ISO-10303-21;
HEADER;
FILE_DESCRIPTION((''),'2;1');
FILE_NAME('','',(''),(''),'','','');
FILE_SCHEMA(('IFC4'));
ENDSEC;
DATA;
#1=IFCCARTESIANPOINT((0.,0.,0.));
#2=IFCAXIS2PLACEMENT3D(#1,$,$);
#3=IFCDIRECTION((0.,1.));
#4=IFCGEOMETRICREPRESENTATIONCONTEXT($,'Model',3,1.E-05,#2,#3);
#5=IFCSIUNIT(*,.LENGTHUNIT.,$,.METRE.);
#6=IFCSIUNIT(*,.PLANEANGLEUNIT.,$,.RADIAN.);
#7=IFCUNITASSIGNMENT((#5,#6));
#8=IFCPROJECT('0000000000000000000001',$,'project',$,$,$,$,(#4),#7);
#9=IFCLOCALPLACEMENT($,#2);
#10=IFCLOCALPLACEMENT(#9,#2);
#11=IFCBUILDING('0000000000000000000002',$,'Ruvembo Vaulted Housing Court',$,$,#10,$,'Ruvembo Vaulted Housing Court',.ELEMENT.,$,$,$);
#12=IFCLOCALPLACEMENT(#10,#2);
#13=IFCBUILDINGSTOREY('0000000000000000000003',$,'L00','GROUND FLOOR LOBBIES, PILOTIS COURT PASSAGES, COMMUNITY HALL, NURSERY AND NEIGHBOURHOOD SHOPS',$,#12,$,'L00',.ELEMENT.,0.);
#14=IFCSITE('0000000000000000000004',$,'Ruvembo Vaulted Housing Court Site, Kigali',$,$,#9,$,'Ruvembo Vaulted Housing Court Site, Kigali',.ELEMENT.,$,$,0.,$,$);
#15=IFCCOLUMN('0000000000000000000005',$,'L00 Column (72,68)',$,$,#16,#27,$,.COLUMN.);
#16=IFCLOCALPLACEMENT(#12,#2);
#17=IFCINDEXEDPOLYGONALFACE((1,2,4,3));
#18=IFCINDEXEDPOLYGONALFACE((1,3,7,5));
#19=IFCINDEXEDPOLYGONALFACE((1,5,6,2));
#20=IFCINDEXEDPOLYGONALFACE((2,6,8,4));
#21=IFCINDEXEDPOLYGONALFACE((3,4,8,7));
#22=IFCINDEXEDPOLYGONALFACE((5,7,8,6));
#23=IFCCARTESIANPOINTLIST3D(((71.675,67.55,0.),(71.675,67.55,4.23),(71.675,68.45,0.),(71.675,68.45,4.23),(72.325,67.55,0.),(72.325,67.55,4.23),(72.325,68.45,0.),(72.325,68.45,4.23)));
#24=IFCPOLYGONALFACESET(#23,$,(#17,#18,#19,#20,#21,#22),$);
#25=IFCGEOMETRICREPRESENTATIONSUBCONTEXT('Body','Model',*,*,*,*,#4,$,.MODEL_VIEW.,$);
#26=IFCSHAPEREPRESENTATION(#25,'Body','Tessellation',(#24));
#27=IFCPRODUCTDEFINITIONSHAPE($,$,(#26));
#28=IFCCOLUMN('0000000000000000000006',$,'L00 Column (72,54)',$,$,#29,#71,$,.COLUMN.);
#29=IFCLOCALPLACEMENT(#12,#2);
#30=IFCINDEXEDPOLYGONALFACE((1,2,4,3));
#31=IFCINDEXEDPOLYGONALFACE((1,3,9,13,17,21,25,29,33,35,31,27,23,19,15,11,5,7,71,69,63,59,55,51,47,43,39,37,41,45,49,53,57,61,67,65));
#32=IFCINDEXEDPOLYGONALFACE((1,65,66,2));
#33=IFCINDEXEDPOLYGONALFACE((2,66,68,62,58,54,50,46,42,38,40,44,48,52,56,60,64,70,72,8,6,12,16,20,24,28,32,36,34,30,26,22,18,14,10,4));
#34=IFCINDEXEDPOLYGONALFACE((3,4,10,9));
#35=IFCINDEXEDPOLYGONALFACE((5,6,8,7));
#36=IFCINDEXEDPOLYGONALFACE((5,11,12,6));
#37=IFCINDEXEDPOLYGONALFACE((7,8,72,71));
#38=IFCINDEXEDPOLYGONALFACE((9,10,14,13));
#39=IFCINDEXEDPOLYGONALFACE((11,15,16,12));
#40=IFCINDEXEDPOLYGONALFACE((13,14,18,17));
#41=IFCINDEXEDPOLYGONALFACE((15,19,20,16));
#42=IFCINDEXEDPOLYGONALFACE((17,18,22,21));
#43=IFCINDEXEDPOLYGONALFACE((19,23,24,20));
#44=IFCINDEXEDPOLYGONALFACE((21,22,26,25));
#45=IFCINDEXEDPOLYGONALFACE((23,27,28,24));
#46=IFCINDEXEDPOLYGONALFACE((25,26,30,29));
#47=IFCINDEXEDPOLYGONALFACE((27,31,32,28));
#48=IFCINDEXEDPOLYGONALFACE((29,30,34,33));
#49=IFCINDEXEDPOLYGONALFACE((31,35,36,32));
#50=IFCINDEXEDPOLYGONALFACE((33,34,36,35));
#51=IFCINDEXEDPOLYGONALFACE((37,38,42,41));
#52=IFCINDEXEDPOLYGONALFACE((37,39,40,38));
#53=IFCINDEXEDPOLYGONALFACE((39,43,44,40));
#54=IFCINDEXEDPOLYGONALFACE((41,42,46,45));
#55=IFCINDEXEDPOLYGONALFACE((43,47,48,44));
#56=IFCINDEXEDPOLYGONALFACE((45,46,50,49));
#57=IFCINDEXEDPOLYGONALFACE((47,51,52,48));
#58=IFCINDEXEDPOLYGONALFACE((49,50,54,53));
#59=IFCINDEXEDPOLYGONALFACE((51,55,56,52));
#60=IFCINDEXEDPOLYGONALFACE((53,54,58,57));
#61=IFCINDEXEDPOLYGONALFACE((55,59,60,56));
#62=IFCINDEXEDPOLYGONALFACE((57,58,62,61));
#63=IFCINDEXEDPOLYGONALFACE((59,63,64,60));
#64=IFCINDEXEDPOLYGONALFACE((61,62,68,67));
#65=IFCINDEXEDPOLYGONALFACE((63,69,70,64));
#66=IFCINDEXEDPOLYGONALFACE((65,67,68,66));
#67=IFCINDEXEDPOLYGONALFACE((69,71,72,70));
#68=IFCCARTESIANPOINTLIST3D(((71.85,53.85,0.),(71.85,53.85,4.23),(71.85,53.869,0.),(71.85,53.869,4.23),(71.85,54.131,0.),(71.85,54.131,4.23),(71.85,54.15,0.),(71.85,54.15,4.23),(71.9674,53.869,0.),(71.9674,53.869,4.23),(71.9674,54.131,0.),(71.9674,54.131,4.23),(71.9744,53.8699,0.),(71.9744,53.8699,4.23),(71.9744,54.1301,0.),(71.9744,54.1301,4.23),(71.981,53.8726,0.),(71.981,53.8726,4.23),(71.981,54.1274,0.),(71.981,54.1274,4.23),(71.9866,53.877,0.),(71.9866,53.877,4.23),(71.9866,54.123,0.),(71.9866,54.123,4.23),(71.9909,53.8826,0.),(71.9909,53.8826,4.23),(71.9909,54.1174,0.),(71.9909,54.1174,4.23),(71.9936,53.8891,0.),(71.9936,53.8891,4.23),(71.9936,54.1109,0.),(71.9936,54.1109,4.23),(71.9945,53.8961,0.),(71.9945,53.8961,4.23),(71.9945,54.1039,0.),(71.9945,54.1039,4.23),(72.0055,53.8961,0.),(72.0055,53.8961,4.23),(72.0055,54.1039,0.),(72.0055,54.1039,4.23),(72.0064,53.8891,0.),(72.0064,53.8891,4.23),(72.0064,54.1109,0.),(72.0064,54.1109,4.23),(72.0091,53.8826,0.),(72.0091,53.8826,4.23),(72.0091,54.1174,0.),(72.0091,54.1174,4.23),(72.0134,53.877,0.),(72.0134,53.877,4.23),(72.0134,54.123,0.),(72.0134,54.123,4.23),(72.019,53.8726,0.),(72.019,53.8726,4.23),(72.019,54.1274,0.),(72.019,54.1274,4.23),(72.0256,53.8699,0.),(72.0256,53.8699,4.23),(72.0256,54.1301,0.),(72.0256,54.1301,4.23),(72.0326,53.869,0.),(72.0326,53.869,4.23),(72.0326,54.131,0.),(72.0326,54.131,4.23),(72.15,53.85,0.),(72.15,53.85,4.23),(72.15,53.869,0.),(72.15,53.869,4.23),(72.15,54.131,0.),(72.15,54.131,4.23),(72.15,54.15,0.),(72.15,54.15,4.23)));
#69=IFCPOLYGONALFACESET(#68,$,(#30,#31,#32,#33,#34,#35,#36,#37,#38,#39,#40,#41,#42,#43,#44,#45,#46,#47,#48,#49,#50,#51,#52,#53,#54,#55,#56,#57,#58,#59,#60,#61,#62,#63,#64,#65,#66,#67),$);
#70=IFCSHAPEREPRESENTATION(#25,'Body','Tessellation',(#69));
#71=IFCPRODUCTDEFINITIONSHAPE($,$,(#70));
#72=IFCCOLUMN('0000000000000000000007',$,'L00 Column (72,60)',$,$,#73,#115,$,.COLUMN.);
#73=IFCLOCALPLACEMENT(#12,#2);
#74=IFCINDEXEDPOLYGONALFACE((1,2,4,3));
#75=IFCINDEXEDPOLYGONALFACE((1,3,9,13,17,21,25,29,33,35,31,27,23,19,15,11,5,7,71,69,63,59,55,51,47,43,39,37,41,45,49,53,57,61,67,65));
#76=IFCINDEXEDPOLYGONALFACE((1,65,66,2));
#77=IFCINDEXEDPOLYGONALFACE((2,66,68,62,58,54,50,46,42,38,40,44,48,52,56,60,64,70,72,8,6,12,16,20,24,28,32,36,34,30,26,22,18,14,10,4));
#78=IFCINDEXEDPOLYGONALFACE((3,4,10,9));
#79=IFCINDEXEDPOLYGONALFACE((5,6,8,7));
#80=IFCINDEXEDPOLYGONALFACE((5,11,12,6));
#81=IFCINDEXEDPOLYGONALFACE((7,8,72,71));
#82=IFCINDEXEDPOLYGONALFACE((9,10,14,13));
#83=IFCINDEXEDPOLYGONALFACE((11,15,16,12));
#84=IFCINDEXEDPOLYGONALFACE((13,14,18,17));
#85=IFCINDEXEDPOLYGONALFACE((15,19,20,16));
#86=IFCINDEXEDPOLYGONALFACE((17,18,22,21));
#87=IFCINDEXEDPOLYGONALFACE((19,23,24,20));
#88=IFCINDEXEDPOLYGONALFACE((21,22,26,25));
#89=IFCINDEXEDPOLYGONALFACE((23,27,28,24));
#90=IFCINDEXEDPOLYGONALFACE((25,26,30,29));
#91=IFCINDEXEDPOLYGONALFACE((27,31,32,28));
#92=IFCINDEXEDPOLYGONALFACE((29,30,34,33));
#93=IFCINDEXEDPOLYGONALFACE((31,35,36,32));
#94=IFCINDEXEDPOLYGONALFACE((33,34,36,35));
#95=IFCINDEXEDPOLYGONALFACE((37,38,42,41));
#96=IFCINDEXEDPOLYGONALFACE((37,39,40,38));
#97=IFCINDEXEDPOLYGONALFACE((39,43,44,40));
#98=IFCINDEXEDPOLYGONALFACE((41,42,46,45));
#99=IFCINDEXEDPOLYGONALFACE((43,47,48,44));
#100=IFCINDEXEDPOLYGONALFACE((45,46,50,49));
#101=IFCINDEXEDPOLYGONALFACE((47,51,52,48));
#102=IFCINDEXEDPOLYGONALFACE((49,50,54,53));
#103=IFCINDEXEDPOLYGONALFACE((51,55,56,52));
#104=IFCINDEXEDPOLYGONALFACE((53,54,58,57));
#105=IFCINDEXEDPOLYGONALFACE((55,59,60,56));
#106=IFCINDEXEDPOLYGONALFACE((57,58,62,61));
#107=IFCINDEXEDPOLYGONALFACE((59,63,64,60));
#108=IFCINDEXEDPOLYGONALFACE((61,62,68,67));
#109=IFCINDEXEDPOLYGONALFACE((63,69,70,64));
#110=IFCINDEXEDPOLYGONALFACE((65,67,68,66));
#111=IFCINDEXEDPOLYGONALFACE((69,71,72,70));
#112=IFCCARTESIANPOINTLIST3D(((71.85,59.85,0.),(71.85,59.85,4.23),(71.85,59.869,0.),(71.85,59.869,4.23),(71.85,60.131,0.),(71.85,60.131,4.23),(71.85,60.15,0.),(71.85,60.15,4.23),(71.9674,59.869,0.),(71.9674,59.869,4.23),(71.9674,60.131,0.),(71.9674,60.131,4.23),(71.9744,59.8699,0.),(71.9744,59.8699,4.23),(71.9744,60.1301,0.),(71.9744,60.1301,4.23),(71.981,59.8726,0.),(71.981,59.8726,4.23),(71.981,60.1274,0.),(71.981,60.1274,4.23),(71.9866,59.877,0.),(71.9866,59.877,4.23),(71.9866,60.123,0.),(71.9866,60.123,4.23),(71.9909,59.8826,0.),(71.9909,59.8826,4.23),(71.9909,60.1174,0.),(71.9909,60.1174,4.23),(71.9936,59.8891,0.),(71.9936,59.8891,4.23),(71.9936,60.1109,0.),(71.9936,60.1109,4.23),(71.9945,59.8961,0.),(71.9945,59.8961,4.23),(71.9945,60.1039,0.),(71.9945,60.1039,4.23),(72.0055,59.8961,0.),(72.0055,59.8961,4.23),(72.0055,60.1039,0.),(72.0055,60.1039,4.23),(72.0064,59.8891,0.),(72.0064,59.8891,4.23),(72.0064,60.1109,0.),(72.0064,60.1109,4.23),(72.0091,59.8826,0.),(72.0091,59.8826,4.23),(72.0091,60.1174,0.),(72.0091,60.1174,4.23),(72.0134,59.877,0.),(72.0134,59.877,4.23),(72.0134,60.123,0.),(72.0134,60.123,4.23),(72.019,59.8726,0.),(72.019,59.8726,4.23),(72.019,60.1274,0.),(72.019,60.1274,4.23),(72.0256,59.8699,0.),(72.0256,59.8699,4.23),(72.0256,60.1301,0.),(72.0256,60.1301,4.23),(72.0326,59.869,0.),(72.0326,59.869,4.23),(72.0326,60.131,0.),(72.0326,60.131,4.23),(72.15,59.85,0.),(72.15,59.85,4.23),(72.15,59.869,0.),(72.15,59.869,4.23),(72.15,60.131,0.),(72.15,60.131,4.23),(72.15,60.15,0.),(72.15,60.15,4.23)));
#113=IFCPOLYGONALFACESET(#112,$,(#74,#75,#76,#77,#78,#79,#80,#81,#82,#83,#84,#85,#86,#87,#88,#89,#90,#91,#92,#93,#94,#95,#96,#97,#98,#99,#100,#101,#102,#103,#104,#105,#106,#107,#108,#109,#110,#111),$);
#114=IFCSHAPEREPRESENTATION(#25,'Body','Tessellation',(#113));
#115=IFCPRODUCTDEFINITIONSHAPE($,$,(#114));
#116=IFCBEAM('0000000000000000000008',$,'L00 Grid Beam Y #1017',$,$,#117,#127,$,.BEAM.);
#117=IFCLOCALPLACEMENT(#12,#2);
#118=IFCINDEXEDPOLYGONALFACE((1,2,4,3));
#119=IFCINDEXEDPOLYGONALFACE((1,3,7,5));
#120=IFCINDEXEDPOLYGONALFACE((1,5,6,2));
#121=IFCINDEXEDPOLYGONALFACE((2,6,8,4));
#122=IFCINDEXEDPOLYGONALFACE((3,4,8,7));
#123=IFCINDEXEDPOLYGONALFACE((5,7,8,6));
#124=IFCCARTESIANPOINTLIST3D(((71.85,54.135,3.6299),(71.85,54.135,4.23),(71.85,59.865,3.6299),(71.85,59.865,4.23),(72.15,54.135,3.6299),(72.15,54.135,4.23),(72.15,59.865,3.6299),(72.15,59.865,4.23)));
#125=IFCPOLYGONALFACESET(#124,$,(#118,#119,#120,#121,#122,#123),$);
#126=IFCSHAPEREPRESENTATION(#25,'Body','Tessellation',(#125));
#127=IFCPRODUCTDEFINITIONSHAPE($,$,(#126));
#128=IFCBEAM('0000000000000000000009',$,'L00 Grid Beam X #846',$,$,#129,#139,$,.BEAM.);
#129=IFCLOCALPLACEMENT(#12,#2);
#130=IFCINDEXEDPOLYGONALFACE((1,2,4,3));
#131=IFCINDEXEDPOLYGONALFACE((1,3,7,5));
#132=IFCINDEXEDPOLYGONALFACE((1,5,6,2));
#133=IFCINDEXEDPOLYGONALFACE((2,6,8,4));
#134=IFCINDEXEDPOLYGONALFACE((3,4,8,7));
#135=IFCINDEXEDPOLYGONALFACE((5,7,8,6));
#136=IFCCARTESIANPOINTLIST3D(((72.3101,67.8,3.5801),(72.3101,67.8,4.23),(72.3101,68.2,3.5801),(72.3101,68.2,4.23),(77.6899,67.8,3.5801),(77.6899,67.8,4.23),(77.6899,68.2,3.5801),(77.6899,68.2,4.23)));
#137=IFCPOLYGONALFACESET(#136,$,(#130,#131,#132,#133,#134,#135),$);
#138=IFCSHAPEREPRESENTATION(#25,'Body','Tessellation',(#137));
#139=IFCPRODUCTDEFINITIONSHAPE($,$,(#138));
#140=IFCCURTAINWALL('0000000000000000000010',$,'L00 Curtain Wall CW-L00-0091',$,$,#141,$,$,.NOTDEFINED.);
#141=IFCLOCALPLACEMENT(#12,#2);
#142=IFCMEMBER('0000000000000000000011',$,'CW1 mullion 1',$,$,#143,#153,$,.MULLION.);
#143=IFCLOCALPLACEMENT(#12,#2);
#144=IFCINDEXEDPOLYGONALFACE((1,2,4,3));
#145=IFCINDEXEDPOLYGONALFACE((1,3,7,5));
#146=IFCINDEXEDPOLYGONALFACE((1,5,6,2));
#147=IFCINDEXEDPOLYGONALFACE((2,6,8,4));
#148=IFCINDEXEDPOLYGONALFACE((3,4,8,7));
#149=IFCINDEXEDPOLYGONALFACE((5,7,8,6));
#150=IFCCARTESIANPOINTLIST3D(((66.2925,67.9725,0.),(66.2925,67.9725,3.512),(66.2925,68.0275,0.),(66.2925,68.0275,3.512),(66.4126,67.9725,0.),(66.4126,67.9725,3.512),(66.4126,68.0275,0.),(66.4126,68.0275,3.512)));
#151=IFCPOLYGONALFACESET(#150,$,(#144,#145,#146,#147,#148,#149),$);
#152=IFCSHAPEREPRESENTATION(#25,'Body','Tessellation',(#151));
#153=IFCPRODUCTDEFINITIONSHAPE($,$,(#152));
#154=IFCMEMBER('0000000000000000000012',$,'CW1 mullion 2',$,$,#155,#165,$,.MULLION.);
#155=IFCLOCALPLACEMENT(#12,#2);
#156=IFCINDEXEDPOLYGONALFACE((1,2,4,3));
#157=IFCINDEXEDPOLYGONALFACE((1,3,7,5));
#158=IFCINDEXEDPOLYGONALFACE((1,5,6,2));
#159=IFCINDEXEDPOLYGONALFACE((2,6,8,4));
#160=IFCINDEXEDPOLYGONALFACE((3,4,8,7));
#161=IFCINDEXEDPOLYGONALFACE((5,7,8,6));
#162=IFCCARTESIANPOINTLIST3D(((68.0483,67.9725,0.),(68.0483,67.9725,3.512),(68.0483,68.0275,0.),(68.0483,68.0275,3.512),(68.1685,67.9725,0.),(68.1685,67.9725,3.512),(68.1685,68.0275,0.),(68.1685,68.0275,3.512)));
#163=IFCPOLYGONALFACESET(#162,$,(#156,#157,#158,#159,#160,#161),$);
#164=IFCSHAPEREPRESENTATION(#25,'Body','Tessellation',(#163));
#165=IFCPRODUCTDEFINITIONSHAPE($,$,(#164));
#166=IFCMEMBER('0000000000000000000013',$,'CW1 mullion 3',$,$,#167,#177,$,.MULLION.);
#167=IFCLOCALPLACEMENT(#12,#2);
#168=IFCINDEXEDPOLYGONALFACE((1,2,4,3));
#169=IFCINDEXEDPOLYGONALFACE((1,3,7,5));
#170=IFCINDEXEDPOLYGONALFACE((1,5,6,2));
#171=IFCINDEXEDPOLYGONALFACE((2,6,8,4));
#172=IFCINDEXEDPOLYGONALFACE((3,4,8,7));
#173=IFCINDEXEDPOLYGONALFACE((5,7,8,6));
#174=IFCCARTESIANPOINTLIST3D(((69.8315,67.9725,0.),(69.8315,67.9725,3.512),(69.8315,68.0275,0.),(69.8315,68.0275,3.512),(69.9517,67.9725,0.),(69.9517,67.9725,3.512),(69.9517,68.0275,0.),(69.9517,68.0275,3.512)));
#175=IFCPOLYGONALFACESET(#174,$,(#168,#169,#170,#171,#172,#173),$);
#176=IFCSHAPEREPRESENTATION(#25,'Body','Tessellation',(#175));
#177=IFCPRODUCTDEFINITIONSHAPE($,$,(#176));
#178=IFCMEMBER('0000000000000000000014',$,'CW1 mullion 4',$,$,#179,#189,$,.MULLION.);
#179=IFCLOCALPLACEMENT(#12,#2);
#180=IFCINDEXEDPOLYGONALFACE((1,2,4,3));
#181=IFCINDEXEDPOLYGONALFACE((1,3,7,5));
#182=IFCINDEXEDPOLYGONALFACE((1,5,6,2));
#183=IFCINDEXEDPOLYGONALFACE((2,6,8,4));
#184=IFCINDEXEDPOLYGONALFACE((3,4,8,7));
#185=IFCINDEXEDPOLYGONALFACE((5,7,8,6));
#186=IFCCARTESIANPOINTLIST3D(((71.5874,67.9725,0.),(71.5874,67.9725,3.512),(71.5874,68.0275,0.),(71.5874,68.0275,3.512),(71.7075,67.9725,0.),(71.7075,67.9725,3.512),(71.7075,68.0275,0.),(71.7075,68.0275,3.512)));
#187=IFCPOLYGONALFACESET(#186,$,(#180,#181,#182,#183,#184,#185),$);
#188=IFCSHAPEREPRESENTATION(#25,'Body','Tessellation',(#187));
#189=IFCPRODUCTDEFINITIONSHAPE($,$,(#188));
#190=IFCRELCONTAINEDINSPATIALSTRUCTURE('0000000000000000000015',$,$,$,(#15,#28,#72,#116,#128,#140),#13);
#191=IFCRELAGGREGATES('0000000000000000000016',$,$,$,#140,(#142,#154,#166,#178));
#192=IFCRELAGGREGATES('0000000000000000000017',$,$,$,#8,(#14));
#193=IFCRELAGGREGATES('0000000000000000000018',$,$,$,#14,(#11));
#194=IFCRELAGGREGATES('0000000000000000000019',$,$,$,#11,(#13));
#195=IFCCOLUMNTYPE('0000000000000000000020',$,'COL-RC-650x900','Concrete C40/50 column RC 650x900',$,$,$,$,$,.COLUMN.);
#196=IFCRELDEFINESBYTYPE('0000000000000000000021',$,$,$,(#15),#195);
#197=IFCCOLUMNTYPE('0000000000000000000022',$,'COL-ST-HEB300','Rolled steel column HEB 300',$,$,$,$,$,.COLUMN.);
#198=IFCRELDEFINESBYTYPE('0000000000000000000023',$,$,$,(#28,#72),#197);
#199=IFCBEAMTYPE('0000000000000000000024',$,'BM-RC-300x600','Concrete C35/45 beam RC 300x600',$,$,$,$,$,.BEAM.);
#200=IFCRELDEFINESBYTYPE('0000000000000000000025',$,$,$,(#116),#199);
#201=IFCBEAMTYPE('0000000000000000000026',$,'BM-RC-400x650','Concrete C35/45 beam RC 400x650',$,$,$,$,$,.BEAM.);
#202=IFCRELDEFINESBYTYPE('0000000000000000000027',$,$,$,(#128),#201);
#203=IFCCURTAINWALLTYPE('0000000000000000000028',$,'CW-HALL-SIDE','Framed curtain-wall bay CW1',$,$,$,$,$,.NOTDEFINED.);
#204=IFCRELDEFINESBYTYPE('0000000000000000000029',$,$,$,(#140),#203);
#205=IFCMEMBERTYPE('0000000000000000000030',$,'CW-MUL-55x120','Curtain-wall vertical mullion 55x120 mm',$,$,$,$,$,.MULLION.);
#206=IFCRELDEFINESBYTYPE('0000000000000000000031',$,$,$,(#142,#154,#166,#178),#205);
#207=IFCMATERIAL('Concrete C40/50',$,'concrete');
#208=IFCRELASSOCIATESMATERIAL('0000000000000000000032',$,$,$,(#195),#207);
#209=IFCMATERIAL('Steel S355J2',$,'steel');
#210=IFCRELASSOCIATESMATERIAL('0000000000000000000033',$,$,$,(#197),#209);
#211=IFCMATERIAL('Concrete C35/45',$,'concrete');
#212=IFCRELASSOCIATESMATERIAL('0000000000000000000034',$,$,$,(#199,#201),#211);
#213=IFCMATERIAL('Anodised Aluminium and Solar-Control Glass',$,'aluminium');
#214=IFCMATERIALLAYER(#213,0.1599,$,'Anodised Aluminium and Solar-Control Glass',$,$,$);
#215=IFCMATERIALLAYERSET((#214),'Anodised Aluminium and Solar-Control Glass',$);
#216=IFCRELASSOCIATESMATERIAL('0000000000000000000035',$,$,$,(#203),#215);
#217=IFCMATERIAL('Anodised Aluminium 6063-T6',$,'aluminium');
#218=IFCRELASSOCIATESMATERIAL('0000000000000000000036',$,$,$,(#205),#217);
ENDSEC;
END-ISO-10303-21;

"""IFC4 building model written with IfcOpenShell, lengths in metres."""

from ifc_helpers import new_model, si_unit, direction, frame, origin, origin_2d, place, context, subcontext, project, spatial, rectangle, i_section, extrude, material, layer, layer_set, material_profile, profile_set, type_object, element, aggregate, save


model = new_model("IFC4")

# Units and contexts
model_context = context("Model", 3, precision=1e-05, world=origin(), true_north=direction((0.0, 1.0)))
body_context = subcontext(model_context, "Body", "Model", "MODEL_VIEW")
ifc_project = project(units=[si_unit("LENGTHUNIT", "METRE"), si_unit("PLANEANGLEUNIT", "RADIAN")], contexts=[model_context])

# Site, building, storey
site_placement = place(None, origin())
site = spatial("IfcSite", under=ifc_project, at=site_placement, Name="Ruvembo Vaulted Housing Court Site, Kigali", LongName="Ruvembo Vaulted Housing Court Site, Kigali", CompositionType="ELEMENT", RefElevation=0.0)
building_placement = place(site_placement, origin())
building = spatial("IfcBuilding", under=site, at=building_placement, Name="Ruvembo Vaulted Housing Court", LongName="Ruvembo Vaulted Housing Court", CompositionType="ELEMENT")
storey_placement = place(building_placement, origin())
storey = spatial("IfcBuildingStorey", under=building, at=storey_placement, Name="L00", Description="GROUND FLOOR LOBBIES, PILOTIS COURT PASSAGES, COMMUNITY HALL, NURSERY AND NEIGHBOURHOOD SHOPS", LongName="L00", CompositionType="ELEMENT", Elevation=0.0)

# Columns
ifc_material_1 = material(Name="Concrete C40/50", Category="concrete")
ifc_material_profile_1 = material_profile(ifc_material_1, rectangle(XDim=0.6499, YDim=0.8999, at=origin_2d()), Name="RC 650x900")
ifc_profile_set_1 = profile_set([ifc_material_profile_1], Name="Concrete C40/50")
column_type_1 = type_object("IfcColumnType", Name="COL-RC-650x900", Description="Concrete C40/50 column RC 650x900", PredefinedType="COLUMN", material=ifc_profile_set_1)
column_placement = place(storey_placement, frame((72.0, 68.0, 0.0), z_axis=(0.0, 0.0, 1.0), x_axis=(1.0, 0.0, 0.0)))
element("IfcColumn", 1, at=column_placement, inside=storey, type_object=column_type_1, Name="L00 Column (72,68)", PredefinedType="COLUMN", context=body_context, shape_type="SweptSolid", body=[
    extrude(rectangle(XDim=0.6499, YDim=0.8999, at=origin_2d()), origin(), (0.0, 0.0, 1.0), 4.23),
])
ifc_material_2 = material(Name="Steel S355J2", Category="steel")
ifc_material_profile_2 = material_profile(ifc_material_2, i_section(OverallWidth=0.3, OverallDepth=0.3, WebThickness=0.011, FlangeThickness=0.019, FilletRadius=0.0271, at=origin_2d()), Name="HEB 300")
ifc_profile_set_2 = profile_set([ifc_material_profile_2], Name="Steel S355J2")
column_type_2 = type_object("IfcColumnType", Name="COL-ST-HEB300", Description="Rolled steel column HEB 300", PredefinedType="COLUMN", material=ifc_profile_set_2)
for number, where, z_axis, x_axis, name in (
    (2, (72.0, 54.0, 0.0), (0.0, 0.0, 1.0), (1.0, 0.0, 0.0), "L00 Column (72,54)"),
    (3, (72.0, 60.0, 0.0), (0.0, 0.0, 1.0), (1.0, 0.0, 0.0), "L00 Column (72,60)"),
):
    element("IfcColumn", number, at=place(storey_placement, frame(where, z_axis=z_axis, x_axis=x_axis)), inside=storey, type_object=column_type_2, Name=name, PredefinedType="COLUMN", context=body_context, shape_type="SweptSolid", body=[
        extrude(i_section(OverallWidth=0.3, OverallDepth=0.3, WebThickness=0.011, FlangeThickness=0.019, FilletRadius=0.0271, at=origin_2d()), origin(), (0.0, 0.0, 1.0), 4.23),
    ])

# Beams
ifc_material_3 = material(Name="Concrete C35/45", Category="concrete")
ifc_material_profile_3 = material_profile(ifc_material_3, rectangle(XDim=0.3, YDim=0.6001, at=origin_2d()), Name="RC 300x600")
ifc_profile_set_3 = profile_set([ifc_material_profile_3], Name="Concrete C35/45")
beam_type_1 = type_object("IfcBeamType", Name="BM-RC-300x600", Description="Concrete C35/45 beam RC 300x600", PredefinedType="BEAM", material=ifc_profile_set_3)
beam_1_placement = place(storey_placement, frame((72.0, 54.135, 3.9299), z_axis=(0.0, 1.0, 0.0), x_axis=(-1.0, 0.0, 0.0)))
element("IfcBeam", 4, at=beam_1_placement, inside=storey, type_object=beam_type_1, Name="L00 Grid Beam Y #1017", PredefinedType="BEAM", context=body_context, shape_type="SweptSolid", body=[
    extrude(rectangle(XDim=0.3, YDim=0.6001, at=origin_2d()), origin(), (0.0, 0.0, 1.0), 5.73),
])
ifc_material_profile_4 = material_profile(ifc_material_3, rectangle(XDim=0.3999, YDim=0.6499, at=origin_2d()), Name="RC 400x650")
ifc_profile_set_4 = profile_set([ifc_material_profile_4], Name="Concrete C35/45")
beam_type_2 = type_object("IfcBeamType", Name="BM-RC-400x650", Description="Concrete C35/45 beam RC 400x650", PredefinedType="BEAM", material=ifc_profile_set_4)
beam_2_placement = place(storey_placement, frame((72.3101, 68.0, 3.905), z_axis=(1.0, 0.0, 0.0), x_axis=(0.0, 1.0, 0.0)))
element("IfcBeam", 5, at=beam_2_placement, inside=storey, type_object=beam_type_2, Name="L00 Grid Beam X #846", PredefinedType="BEAM", context=body_context, shape_type="SweptSolid", body=[
    extrude(rectangle(XDim=0.3999, YDim=0.6499, at=origin_2d()), origin(), (0.0, 0.0, 1.0), 5.3799),
])

# Curtain wall, members
ifc_material_4 = material(Name="Anodised Aluminium and Solar-Control Glass", Category="aluminium")
ifc_layer_1 = layer(ifc_material_4, 0.1599, Name="Anodised Aluminium and Solar-Control Glass")
ifc_layer_set_1 = layer_set([ifc_layer_1], Name="Anodised Aluminium and Solar-Control Glass")
curtain_wall_type = type_object("IfcCurtainWallType", Name="CW-HALL-SIDE", Description="Framed curtain-wall bay CW1", PredefinedType="NOTDEFINED", material=ifc_layer_set_1)
curtain_wall_1_placement = place(storey_placement, origin())
curtain_wall_1 = element("IfcCurtainWall", 6, at=curtain_wall_1_placement, inside=storey, type_object=curtain_wall_type, Name="L00 Curtain Wall CW-L00-0091", PredefinedType="NOTDEFINED")
ifc_material_5 = material(Name="Anodised Aluminium 6063-T6", Category="aluminium")
ifc_material_profile_5 = material_profile(ifc_material_5, rectangle(XDim=0.0549, YDim=0.1201, at=origin_2d()), Name="ALU 55x120")
ifc_profile_set_5 = profile_set([ifc_material_profile_5], Name="Anodised Aluminium 6063-T6")
member_type_1 = type_object("IfcMemberType", Name="CW-MUL-55x120", Description="Curtain-wall vertical mullion 55x120 mm", PredefinedType="MULLION", material=ifc_profile_set_5)
member_1_placement = place(storey_placement, frame((66.3525, 68.0, 0.0), z_axis=(0.0, 0.0, 1.0), x_axis=(0.0, 1.0, 0.0)))
member_1 = element("IfcMember", 7, at=member_1_placement, type_object=member_type_1, Name="CW1 mullion 1", PredefinedType="MULLION", context=body_context, shape_type="SweptSolid", body=[
    extrude(rectangle(XDim=0.0549, YDim=0.1201, at=origin_2d()), origin(), (0.0, 0.0, 1.0), 3.512),
])
member_2_placement = place(storey_placement, frame((68.1084, 68.0, 0.0), z_axis=(0.0, 0.0, 1.0), x_axis=(0.0, 1.0, 0.0)))
member_2 = element("IfcMember", 8, at=member_2_placement, type_object=member_type_1, Name="CW1 mullion 2", PredefinedType="MULLION", context=body_context, shape_type="SweptSolid", body=[
    extrude(rectangle(XDim=0.0549, YDim=0.1201, at=origin_2d()), origin(), (0.0, 0.0, 1.0), 3.512),
])
member_3_placement = place(storey_placement, frame((69.8916, 68.0, 0.0), z_axis=(0.0, 0.0, 1.0), x_axis=(0.0, 1.0, 0.0)))
member_3 = element("IfcMember", 9, at=member_3_placement, type_object=member_type_1, Name="CW1 mullion 3", PredefinedType="MULLION", context=body_context, shape_type="SweptSolid", body=[
    extrude(rectangle(XDim=0.0549, YDim=0.1201, at=origin_2d()), origin(), (0.0, 0.0, 1.0), 3.512),
])
member_4_placement = place(storey_placement, frame((71.6475, 68.0, 0.0), z_axis=(0.0, 0.0, 1.0), x_axis=(0.0, 1.0, 0.0)))
member_4 = element("IfcMember", 10, at=member_4_placement, type_object=member_type_1, Name="CW1 mullion 4", PredefinedType="MULLION", context=body_context, shape_type="SweptSolid", body=[
    extrude(rectangle(XDim=0.0549, YDim=0.1201, at=origin_2d()), origin(), (0.0, 0.0, 1.0), 3.512),
])

aggregate(curtain_wall_1, [member_1, member_2, member_3, member_4])

save(model, "model.ifc")
